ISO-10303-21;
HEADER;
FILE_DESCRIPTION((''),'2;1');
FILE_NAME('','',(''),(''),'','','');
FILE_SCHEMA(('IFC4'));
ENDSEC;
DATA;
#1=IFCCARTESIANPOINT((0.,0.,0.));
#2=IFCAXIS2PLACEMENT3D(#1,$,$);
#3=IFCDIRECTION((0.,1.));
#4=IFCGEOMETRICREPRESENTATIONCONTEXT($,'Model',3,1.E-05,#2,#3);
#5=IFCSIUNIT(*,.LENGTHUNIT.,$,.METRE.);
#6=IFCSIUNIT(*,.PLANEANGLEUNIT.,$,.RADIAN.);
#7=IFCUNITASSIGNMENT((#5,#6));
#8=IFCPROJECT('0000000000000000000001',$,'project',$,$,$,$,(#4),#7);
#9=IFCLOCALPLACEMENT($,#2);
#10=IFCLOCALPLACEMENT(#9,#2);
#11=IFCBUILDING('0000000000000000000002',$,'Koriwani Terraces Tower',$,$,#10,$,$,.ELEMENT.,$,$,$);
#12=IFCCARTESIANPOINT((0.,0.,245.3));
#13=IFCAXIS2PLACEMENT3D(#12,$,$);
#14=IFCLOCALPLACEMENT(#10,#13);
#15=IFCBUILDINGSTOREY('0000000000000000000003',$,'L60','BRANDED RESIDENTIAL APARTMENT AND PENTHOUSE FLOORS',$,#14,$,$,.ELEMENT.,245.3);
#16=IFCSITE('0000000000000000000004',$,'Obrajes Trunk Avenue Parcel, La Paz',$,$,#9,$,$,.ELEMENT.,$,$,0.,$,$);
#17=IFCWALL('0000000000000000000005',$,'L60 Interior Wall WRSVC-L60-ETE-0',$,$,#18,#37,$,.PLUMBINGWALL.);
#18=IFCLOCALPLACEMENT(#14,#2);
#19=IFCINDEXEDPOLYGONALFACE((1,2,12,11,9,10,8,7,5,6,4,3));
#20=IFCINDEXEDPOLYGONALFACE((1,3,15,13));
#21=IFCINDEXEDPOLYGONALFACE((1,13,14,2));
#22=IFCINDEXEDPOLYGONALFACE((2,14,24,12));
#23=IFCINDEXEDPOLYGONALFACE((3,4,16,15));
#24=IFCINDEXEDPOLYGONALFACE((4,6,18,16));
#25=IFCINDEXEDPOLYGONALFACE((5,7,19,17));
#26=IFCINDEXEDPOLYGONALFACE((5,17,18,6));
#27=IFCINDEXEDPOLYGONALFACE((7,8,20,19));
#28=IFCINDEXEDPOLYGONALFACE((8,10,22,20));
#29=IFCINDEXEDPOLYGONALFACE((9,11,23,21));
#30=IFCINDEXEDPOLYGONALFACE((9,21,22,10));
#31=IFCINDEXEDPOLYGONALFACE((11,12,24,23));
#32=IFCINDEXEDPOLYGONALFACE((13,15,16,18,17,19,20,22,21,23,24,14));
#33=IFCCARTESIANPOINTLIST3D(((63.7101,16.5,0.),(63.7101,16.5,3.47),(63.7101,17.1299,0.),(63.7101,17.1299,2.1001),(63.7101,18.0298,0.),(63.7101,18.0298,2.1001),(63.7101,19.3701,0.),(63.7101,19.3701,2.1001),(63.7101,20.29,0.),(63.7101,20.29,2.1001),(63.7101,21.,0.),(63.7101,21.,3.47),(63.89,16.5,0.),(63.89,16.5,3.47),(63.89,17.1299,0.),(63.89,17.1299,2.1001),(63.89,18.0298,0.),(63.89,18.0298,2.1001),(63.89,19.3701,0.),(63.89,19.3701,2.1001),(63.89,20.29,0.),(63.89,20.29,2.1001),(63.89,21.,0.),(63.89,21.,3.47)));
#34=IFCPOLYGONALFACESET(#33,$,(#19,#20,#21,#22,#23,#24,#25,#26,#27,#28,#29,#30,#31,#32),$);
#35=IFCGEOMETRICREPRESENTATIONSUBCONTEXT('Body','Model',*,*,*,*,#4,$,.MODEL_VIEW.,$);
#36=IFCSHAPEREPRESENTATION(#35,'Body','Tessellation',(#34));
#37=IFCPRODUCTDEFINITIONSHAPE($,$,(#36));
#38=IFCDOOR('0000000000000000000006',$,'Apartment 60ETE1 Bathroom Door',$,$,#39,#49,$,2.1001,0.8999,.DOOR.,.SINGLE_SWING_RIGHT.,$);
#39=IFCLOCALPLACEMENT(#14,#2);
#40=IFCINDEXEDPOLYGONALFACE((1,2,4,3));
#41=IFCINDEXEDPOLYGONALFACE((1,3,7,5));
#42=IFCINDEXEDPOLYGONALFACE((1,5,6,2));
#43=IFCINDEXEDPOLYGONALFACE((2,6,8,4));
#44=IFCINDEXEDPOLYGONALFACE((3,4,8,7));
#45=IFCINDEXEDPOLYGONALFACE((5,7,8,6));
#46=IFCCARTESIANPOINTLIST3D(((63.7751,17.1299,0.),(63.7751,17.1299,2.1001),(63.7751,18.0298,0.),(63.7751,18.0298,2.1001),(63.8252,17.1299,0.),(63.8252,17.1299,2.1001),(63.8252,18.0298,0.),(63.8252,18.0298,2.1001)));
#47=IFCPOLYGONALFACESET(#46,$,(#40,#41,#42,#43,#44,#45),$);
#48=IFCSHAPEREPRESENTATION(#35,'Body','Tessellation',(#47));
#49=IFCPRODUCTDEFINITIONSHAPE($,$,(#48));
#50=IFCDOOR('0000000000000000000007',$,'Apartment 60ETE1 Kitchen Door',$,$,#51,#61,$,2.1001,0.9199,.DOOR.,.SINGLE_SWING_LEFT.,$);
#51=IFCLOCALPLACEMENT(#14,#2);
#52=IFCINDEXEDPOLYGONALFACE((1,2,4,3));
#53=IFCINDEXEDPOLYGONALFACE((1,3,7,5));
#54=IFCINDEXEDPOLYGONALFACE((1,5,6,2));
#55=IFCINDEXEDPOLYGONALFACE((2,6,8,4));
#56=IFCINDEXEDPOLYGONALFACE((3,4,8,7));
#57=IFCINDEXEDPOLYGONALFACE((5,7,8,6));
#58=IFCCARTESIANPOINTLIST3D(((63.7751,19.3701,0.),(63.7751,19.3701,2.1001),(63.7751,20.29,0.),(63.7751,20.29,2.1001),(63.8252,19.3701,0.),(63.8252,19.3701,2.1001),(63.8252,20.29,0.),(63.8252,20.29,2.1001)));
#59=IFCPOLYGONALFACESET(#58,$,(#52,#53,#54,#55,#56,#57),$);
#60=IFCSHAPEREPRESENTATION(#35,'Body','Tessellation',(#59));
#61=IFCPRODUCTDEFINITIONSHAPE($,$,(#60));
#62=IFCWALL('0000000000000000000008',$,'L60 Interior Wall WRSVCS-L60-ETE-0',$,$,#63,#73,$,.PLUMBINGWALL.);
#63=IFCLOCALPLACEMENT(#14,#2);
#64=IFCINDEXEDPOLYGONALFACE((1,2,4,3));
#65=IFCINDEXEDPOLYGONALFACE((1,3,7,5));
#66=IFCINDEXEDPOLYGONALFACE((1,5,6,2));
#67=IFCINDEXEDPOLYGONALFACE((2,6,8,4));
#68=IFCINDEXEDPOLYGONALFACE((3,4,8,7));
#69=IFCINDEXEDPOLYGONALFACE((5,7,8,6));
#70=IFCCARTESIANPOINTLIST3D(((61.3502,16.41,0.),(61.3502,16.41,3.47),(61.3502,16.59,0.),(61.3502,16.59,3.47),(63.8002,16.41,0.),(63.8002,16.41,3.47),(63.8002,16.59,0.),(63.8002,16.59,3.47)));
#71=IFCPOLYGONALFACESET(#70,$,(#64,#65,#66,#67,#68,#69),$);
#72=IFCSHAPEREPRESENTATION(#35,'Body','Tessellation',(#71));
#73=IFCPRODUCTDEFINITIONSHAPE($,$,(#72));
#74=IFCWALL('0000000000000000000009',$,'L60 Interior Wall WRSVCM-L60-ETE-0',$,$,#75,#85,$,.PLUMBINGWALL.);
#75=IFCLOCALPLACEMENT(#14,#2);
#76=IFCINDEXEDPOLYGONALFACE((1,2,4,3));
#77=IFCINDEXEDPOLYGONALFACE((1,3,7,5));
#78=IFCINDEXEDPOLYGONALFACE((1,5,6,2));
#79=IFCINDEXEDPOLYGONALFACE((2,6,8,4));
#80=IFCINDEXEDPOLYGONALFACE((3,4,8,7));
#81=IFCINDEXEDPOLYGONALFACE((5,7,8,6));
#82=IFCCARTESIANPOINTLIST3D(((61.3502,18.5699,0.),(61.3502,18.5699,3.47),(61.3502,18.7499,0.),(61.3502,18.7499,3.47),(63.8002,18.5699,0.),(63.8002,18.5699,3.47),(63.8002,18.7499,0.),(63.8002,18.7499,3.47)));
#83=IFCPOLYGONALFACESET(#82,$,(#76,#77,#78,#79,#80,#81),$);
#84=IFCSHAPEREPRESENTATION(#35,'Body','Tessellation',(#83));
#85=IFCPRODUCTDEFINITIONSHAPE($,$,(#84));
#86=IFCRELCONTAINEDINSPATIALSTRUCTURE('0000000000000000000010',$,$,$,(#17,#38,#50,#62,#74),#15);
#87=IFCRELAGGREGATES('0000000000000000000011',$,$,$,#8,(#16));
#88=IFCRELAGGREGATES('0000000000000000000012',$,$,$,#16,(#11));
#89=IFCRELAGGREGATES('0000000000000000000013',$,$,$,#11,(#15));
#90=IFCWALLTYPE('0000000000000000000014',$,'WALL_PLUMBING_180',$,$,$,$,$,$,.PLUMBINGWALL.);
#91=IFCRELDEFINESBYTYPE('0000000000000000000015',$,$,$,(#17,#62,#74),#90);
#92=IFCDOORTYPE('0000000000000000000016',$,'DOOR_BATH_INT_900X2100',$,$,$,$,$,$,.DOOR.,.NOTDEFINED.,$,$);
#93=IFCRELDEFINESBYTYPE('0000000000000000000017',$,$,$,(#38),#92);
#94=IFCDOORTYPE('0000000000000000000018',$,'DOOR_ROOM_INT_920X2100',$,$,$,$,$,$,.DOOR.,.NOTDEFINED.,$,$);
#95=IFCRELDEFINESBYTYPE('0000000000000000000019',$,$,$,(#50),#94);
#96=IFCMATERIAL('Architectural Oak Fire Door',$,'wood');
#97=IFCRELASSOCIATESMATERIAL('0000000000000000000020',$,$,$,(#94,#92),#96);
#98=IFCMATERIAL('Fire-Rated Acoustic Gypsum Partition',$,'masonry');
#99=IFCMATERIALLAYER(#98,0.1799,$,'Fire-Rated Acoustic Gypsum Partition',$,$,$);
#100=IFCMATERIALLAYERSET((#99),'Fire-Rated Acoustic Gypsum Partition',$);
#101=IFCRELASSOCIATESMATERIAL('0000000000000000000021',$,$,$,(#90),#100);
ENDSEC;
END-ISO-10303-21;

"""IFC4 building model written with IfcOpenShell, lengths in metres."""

from ifc_helpers import new_model, si_unit, direction, frame, frame_2d, origin, place, context, subcontext, project, spatial, rectangle, extrude, material, layer, layer_set, type_object, element, fill, save


model = new_model("IFC4")

# Units and contexts
model_context = context("Model", 3, precision=1e-05, world=origin(), true_north=direction((0.0, 1.0)))
body_context = subcontext(model_context, "Body", "Model", "MODEL_VIEW")
ifc_project = project(units=[si_unit("LENGTHUNIT", "METRE"), si_unit("PLANEANGLEUNIT", "RADIAN")], contexts=[model_context])

# Site, building, storey
site_placement = place(None, origin())
site = spatial("IfcSite", under=ifc_project, at=site_placement, Name="Obrajes Trunk Avenue Parcel, La Paz", CompositionType="ELEMENT", RefElevation=0.0)
building_placement = place(site_placement, origin())
building = spatial("IfcBuilding", under=site, at=building_placement, Name="Koriwani Terraces Tower", CompositionType="ELEMENT")
storey_placement = place(building_placement, frame((0.0, 0.0, 245.3)))
storey = spatial("IfcBuildingStorey", under=building, at=storey_placement, Name="L60", Description="BRANDED RESIDENTIAL APARTMENT AND PENTHOUSE FLOORS", CompositionType="ELEMENT", Elevation=245.3)

# Shared definitions
ifc_material_1 = material(Name="Fire-Rated Acoustic Gypsum Partition", Category="masonry")
ifc_material_2 = material(Name="Architectural Oak Fire Door", Category="wood")
door_type_1 = type_object("IfcDoorType", Name="DOOR_ROOM_INT_920X2100", OperationType="NOTDEFINED", PredefinedType="DOOR", material=ifc_material_2)

# Wall, openings, doors
ifc_layer_1 = layer(ifc_material_1, 0.1799, Name="Fire-Rated Acoustic Gypsum Partition")
ifc_layer_set_1 = layer_set([ifc_layer_1], Name="Fire-Rated Acoustic Gypsum Partition")
wall_type_1 = type_object("IfcWallType", Name="WALL_PLUMBING_180", PredefinedType="PLUMBINGWALL", material=ifc_layer_set_1)
wall_1_placement = place(storey_placement, frame((63.8, 16.5, 0.0), z_axis=(0.0, 0.0, 1.0), x_axis=(0.0, 1.0, 0.0)))
wall_1 = element("IfcWall", 1, at=wall_1_placement, inside=storey, type_object=wall_type_1, Name="L60 Interior Wall WRSVC-L60-ETE-0", PredefinedType="PLUMBINGWALL", context=body_context, shape_type="SweptSolid", body=[
    extrude(rectangle(XDim=4.5, YDim=0.1799, at=frame_2d((2.25, 0.0))), origin(), (0.0, 0.0, 1.0), 3.47),
])
opening_1_placement = place(wall_1_placement, frame((0.6299, 0.0, 0.0)))
opening_1 = element("IfcOpeningElement", 2, at=opening_1_placement, cuts=wall_1, PredefinedType="OPENING", context=body_context, shape_type="SweptSolid", body=[
    extrude(rectangle(XDim=0.8999, YDim=2.1001, at=frame_2d((0.45, 1.05))), frame((0.0, 0.1001, 0.0), z_axis=(0.0, -1.0, 0.0), x_axis=(1.0, 0.0, 0.0)), (0.0, 0.0, 1.0), 0.2),
])
opening_2_placement = place(wall_1_placement, frame((2.8701, 0.0, 0.0)))
opening_2 = element("IfcOpeningElement", 3, at=opening_2_placement, cuts=wall_1, PredefinedType="OPENING", context=body_context, shape_type="SweptSolid", body=[
    extrude(rectangle(XDim=0.9199, YDim=2.1001, at=frame_2d((0.46, 1.05))), frame((0.0, 0.1001, 0.0), z_axis=(0.0, -1.0, 0.0), x_axis=(1.0, 0.0, 0.0)), (0.0, 0.0, 1.0), 0.2),
])
door_type_2 = type_object("IfcDoorType", Name="DOOR_BATH_INT_900X2100", OperationType="NOTDEFINED", PredefinedType="DOOR", material=ifc_material_2)
door_1_placement = place(opening_1_placement, origin())
door_1 = element("IfcDoor", 4, at=door_1_placement, inside=storey, type_object=door_type_2, Name="Apartment 60ETE1 Bathroom Door", OperationType="SINGLE_SWING_RIGHT", OverallHeight=2.1001, OverallWidth=0.8999, PredefinedType="DOOR", context=body_context, shape_type="SweptSolid", body=[
    extrude(rectangle(XDim=0.8999, YDim=2.1001, at=frame_2d((0.45, 1.05))), frame((0.0, 0.0249, 0.0), z_axis=(0.0, -1.0, 0.0), x_axis=(1.0, 0.0, 0.0)), (0.0, 0.0, 1.0), 0.05),
])
fill(opening_1, door_1)
door_2_placement = place(opening_2_placement, origin())
door_2 = element("IfcDoor", 5, at=door_2_placement, inside=storey, type_object=door_type_1, Name="Apartment 60ETE1 Kitchen Door", OperationType="SINGLE_SWING_LEFT", OverallHeight=2.1001, OverallWidth=0.9199, PredefinedType="DOOR", context=body_context, shape_type="SweptSolid", body=[
    extrude(rectangle(XDim=0.9199, YDim=2.1001, at=frame_2d((0.46, 1.05))), frame((0.0, 0.0249, 0.0), z_axis=(0.0, -1.0, 0.0), x_axis=(1.0, 0.0, 0.0)), (0.0, 0.0, 1.0), 0.05),
])
fill(opening_2, door_2)

# Walls
for number, where, z_axis, x_axis, name in (
    (6, (61.3501, 16.5, 0.0), (0.0, 0.0, 1.0), (1.0, 0.0, 0.0), "L60 Interior Wall WRSVCS-L60-ETE-0"),
    (7, (61.3501, 18.6599, 0.0), (0.0, 0.0, 1.0), (1.0, 0.0, 0.0), "L60 Interior Wall WRSVCM-L60-ETE-0"),
):
    element("IfcWall", number, at=place(storey_placement, frame(where, z_axis=z_axis, x_axis=x_axis)), inside=storey, type_object=wall_type_1, Name=name, PredefinedType="PLUMBINGWALL", context=body_context, shape_type="SweptSolid", body=[
        extrude(rectangle(XDim=2.45, YDim=0.1799, at=frame_2d((1.2251, 0.0))), origin(), (0.0, 0.0, 1.0), 3.47),
    ])

save(model, "model.ifc")
